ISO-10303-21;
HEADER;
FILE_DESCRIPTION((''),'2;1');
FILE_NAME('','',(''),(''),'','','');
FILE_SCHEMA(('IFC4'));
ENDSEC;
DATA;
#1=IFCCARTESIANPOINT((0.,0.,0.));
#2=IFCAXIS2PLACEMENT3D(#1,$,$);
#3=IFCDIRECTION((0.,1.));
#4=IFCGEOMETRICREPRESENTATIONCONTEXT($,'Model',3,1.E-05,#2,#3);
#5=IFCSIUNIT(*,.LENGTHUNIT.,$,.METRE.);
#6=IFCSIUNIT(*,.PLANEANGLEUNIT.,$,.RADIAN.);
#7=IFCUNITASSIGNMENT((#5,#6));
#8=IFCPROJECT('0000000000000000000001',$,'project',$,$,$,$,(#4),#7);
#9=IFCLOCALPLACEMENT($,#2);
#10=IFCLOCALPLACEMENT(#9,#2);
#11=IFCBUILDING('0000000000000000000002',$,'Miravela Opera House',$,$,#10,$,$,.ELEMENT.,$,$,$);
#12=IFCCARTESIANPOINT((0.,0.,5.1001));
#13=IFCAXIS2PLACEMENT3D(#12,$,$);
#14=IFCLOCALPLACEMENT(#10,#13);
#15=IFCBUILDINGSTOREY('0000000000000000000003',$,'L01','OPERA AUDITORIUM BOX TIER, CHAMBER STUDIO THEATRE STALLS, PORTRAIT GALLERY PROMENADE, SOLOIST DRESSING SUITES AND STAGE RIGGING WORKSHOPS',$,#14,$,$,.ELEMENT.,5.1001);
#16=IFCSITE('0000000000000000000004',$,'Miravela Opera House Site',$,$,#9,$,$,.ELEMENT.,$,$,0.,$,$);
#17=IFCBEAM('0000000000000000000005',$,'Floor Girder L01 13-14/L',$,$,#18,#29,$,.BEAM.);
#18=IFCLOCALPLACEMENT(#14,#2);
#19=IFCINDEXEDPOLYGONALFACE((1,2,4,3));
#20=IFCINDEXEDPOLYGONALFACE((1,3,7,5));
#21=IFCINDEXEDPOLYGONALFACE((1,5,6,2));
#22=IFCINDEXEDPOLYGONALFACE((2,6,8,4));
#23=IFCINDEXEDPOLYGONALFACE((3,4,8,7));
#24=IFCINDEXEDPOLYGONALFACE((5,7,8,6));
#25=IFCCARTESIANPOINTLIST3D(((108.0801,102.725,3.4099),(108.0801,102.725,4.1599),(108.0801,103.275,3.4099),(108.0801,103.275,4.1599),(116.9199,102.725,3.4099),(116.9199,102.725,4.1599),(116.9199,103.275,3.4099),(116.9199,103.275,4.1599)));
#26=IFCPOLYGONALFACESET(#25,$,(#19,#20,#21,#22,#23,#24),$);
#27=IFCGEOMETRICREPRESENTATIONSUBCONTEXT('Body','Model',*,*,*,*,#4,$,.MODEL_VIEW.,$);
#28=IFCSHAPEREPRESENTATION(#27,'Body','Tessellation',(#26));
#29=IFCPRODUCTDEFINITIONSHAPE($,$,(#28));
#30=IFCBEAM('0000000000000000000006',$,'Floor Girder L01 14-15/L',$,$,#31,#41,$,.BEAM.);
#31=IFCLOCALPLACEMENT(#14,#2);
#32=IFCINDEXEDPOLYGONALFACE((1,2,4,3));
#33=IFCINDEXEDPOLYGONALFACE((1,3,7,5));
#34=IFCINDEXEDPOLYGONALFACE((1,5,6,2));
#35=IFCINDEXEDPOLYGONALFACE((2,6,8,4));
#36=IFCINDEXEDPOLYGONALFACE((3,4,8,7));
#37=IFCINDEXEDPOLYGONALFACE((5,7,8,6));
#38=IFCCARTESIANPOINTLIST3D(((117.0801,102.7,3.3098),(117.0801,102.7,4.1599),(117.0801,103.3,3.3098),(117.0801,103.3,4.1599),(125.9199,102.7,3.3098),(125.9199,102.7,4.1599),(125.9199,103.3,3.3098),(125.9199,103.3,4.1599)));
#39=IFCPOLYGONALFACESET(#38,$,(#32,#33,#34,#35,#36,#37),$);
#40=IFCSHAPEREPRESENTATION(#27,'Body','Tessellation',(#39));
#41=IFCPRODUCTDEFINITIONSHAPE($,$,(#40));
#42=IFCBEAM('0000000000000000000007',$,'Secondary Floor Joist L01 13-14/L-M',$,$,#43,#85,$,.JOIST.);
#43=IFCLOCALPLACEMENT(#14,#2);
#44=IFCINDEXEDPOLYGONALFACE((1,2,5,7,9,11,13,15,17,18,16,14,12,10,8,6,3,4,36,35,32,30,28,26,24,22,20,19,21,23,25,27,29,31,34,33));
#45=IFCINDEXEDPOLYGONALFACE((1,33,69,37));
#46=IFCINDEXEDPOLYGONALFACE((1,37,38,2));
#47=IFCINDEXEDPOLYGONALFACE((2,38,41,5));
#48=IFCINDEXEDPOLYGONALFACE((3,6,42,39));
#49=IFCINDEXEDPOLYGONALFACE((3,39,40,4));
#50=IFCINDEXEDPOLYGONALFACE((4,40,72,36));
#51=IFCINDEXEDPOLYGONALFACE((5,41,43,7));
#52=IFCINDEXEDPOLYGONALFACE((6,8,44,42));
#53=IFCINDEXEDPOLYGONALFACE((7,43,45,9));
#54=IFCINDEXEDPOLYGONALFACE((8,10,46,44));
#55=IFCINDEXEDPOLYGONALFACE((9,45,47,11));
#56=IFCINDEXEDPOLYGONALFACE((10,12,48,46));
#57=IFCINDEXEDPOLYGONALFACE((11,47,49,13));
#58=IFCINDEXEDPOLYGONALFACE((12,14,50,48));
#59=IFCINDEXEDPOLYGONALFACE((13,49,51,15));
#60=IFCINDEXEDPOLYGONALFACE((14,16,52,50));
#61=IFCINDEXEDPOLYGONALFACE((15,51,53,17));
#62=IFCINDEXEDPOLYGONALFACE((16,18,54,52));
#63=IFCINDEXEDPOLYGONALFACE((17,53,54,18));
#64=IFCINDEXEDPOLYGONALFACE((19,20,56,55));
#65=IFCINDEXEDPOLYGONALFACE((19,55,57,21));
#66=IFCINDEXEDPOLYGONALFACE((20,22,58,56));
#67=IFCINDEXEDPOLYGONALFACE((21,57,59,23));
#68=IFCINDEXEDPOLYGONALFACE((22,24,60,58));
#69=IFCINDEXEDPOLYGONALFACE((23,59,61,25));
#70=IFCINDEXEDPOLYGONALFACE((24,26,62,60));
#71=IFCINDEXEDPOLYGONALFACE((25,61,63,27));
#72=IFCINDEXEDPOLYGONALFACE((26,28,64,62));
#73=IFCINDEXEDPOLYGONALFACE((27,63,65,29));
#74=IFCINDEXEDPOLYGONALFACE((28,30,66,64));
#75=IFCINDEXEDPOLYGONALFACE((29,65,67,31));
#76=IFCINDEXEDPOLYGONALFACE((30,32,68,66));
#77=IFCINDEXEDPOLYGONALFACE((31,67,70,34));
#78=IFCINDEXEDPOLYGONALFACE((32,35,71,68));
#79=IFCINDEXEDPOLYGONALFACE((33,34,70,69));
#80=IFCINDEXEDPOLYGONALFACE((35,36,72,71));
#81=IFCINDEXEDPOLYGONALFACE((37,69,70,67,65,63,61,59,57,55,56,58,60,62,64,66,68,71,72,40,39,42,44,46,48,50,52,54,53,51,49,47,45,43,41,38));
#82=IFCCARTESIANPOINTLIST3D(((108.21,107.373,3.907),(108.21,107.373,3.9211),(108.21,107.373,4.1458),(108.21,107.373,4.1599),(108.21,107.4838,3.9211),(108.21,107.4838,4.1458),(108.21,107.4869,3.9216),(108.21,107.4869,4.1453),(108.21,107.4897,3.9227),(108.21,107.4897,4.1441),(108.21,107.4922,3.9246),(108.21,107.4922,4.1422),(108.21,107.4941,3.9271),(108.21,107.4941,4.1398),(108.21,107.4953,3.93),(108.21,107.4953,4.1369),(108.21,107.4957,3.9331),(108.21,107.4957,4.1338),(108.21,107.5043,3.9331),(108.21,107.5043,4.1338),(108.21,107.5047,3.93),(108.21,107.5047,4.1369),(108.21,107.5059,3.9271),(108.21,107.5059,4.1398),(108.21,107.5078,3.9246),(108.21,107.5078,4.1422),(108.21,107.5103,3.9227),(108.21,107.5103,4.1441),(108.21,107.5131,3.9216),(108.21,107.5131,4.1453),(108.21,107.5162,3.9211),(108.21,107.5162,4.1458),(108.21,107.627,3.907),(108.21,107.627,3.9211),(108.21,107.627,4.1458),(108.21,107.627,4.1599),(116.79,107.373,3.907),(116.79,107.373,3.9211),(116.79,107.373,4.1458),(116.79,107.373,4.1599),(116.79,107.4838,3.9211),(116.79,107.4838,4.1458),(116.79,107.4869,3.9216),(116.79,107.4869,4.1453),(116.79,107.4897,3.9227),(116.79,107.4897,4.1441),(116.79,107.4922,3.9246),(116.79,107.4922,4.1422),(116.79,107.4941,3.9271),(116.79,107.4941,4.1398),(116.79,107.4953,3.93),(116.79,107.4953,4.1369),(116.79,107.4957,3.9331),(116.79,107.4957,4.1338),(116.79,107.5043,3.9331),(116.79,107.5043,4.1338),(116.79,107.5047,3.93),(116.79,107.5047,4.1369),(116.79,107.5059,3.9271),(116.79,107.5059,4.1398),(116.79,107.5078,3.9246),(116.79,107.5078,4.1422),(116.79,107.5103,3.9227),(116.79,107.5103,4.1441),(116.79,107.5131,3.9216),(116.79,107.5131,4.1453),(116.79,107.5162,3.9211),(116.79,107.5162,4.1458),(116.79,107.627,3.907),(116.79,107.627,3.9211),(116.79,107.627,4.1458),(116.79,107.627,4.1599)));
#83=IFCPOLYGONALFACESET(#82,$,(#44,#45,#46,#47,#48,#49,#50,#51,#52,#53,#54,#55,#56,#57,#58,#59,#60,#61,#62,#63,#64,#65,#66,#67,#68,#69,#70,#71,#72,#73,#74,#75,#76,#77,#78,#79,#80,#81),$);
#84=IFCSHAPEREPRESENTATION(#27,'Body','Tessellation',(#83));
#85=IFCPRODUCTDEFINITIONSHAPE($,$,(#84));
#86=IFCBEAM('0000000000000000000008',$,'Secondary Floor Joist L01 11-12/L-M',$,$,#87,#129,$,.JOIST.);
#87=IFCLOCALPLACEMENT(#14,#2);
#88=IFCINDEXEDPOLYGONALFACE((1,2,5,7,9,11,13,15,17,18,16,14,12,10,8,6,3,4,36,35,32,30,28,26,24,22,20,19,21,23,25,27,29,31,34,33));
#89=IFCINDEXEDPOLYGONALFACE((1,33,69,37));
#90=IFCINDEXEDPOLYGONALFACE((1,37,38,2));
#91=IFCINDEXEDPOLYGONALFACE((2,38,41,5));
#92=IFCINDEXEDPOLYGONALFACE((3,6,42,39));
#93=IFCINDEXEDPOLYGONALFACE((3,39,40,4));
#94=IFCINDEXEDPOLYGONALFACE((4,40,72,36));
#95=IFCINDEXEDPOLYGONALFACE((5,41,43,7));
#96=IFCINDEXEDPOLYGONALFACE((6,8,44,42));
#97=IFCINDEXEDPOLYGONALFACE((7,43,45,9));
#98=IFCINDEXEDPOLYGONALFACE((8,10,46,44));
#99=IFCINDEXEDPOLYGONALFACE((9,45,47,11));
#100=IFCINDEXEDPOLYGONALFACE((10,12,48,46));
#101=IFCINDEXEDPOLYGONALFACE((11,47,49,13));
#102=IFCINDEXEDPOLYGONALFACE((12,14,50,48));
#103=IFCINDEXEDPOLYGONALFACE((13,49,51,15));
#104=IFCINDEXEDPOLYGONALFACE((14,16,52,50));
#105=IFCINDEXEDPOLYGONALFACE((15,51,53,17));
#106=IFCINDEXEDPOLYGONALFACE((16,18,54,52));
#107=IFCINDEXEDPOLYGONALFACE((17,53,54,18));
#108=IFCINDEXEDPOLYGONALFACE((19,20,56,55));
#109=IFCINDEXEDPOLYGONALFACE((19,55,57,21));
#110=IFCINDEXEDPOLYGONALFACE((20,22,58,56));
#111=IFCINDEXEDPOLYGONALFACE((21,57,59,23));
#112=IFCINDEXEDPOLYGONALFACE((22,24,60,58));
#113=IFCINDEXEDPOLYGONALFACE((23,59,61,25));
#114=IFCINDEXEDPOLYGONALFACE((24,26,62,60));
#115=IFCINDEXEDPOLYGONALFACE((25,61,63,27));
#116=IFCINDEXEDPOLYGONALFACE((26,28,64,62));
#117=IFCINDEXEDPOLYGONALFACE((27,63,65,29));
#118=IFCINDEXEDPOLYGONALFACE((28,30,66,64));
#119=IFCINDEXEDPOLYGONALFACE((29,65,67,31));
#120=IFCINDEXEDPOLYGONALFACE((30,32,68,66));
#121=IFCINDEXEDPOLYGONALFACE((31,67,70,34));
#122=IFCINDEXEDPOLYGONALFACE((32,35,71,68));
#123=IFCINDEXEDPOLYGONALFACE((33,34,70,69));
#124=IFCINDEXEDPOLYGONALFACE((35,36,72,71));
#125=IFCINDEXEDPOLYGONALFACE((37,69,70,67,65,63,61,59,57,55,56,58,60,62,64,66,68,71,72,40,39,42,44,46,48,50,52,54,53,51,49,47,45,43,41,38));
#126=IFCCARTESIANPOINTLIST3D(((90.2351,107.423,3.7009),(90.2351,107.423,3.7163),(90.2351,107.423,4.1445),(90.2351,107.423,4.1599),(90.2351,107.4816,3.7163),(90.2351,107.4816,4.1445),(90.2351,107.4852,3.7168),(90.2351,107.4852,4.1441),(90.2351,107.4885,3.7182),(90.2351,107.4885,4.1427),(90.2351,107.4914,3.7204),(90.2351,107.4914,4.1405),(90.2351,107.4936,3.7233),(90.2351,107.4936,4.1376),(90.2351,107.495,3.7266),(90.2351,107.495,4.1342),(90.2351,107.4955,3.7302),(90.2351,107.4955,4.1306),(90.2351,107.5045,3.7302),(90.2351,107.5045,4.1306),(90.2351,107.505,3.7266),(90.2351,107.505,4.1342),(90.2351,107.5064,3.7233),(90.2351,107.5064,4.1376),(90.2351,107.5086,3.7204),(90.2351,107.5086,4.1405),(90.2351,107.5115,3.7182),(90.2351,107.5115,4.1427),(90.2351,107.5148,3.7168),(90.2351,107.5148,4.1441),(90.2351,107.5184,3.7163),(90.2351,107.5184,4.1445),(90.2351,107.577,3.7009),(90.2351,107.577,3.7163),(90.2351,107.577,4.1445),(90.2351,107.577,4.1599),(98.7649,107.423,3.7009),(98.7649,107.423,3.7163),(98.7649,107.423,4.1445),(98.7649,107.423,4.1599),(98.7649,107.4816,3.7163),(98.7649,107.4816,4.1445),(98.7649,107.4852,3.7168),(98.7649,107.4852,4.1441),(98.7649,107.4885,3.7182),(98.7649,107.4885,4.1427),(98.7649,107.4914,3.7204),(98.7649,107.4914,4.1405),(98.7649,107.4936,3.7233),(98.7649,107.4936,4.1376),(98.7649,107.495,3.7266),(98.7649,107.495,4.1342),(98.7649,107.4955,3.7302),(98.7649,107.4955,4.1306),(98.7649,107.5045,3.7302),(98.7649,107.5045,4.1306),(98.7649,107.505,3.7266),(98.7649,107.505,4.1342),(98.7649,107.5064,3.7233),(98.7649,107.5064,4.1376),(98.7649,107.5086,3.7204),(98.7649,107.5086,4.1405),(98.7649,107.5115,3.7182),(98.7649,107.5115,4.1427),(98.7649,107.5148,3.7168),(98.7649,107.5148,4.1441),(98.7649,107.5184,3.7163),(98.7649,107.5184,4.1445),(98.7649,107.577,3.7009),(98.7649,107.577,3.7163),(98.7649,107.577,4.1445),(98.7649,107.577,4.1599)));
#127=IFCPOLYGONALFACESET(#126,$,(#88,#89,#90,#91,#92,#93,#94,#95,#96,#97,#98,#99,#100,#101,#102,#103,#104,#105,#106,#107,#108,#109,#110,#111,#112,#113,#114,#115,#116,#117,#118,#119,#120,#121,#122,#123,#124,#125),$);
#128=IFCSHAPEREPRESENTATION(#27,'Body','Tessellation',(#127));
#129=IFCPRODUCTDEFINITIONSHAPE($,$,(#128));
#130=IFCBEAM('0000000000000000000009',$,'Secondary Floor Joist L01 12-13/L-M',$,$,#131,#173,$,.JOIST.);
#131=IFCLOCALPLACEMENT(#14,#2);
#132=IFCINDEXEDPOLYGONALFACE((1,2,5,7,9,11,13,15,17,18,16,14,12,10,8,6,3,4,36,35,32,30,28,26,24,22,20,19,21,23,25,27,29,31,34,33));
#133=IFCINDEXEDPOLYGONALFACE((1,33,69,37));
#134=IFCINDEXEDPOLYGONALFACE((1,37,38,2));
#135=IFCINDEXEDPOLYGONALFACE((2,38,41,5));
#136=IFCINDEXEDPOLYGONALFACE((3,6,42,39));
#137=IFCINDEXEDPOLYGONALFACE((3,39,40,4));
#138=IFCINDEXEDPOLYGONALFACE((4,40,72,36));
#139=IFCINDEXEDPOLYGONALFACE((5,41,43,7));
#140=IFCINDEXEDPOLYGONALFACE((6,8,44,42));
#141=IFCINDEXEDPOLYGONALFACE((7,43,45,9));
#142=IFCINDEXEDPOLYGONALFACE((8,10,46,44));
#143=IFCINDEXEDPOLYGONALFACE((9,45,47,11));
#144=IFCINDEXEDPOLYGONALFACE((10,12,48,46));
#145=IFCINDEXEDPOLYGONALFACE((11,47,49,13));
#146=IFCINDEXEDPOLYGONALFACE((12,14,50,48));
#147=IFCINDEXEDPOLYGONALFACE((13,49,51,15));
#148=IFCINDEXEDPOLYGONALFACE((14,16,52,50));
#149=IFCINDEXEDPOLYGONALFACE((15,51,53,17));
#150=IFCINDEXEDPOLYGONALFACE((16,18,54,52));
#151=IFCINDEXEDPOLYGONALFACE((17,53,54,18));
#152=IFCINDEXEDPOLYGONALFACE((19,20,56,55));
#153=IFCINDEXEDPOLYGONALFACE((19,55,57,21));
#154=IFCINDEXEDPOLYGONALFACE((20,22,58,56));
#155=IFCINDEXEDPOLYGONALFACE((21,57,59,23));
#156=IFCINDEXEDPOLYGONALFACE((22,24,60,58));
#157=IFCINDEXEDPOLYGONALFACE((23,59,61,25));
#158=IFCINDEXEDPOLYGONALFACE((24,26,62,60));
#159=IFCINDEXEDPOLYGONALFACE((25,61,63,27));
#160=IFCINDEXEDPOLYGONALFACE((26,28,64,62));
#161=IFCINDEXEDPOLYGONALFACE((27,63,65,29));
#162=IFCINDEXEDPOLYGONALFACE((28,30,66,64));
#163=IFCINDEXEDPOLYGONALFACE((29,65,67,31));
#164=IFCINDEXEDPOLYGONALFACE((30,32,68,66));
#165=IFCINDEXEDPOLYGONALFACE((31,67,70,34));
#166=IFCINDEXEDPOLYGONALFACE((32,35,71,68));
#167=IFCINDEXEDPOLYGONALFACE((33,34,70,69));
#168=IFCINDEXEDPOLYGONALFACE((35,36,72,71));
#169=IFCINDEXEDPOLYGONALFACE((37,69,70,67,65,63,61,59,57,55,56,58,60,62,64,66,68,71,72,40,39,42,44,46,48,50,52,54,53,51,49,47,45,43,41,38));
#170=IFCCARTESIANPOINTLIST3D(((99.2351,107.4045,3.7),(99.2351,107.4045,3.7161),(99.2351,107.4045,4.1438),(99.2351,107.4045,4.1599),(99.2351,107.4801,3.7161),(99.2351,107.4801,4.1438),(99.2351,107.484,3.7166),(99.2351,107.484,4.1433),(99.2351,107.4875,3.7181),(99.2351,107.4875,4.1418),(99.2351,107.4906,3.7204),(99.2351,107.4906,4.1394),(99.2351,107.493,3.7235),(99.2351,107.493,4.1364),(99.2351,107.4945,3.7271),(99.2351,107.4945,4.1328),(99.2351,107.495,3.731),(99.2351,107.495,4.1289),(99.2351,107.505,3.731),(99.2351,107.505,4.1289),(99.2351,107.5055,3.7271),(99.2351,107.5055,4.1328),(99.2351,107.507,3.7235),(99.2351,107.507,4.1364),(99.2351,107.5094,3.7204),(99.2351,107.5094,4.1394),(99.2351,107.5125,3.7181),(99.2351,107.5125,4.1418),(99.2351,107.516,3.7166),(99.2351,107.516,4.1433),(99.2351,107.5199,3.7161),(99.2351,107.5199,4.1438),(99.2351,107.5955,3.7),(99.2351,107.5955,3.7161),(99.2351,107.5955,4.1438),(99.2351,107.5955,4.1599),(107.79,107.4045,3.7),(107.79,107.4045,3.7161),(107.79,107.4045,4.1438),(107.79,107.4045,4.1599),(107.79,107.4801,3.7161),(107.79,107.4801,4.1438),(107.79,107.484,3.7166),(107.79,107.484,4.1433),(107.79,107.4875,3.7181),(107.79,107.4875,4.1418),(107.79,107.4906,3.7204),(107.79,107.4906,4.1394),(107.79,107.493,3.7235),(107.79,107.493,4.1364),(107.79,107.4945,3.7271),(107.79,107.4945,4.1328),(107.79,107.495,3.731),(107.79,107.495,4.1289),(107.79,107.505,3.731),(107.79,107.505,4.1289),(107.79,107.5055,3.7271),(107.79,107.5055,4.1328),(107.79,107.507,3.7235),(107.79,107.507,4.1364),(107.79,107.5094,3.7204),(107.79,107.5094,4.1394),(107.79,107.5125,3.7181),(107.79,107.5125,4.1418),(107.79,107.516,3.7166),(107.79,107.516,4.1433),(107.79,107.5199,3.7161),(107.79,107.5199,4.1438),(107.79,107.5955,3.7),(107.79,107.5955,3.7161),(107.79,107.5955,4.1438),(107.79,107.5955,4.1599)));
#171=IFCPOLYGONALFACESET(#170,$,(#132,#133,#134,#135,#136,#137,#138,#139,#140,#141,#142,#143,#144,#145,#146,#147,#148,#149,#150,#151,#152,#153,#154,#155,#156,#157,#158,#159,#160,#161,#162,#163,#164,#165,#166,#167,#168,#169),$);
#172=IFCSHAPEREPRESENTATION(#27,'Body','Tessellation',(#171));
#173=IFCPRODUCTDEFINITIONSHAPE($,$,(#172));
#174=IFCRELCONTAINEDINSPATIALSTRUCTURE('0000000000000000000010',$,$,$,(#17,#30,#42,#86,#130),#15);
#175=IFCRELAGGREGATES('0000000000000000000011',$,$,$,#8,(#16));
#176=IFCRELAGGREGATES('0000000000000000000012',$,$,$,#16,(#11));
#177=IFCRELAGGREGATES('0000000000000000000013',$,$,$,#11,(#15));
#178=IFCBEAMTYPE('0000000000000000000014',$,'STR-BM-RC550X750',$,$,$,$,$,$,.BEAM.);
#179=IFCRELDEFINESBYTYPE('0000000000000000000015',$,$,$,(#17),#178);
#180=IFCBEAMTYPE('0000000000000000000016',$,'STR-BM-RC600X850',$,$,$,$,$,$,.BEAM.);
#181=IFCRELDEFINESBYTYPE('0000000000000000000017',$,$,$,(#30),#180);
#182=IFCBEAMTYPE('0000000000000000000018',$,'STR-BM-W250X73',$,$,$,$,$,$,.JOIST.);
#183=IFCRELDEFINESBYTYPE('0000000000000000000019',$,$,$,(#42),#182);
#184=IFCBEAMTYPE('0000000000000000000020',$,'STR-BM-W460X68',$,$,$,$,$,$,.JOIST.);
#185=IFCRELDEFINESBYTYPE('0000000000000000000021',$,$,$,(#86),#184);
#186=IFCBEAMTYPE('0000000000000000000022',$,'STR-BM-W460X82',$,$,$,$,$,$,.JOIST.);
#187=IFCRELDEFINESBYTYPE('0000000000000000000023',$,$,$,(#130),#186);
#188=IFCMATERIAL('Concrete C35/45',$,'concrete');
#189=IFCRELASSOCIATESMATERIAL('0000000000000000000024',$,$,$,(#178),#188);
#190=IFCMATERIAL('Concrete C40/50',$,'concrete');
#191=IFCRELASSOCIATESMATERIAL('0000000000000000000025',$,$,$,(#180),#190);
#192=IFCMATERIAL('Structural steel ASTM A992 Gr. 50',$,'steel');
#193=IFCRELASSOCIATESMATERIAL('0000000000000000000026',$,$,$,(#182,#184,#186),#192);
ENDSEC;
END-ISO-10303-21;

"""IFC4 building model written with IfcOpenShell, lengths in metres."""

from ifc_helpers import new_model, si_unit, direction, frame, origin, origin_2d, place, context, subcontext, project, spatial, rectangle, i_section, extrude, material, material_profile, profile_set, type_object, element, save


model = new_model("IFC4")

# Units and contexts
model_context = context("Model", 3, precision=1e-05, world=origin(), true_north=direction((0.0, 1.0)))
body_context = subcontext(model_context, "Body", "Model", "MODEL_VIEW")
ifc_project = project(units=[si_unit("LENGTHUNIT", "METRE"), si_unit("PLANEANGLEUNIT", "RADIAN")], contexts=[model_context])

# Site, building, storey
site_placement = place(None, origin())
site = spatial("IfcSite", under=ifc_project, at=site_placement, Name="Miravela Opera House Site", CompositionType="ELEMENT", RefElevation=0.0)
building_placement = place(site_placement, origin())
building = spatial("IfcBuilding", under=site, at=building_placement, Name="Miravela Opera House", CompositionType="ELEMENT")
storey_placement = place(building_placement, frame((0.0, 0.0, 5.1001)))
storey = spatial("IfcBuildingStorey", under=building, at=storey_placement, Name="L01", Description="OPERA AUDITORIUM BOX TIER, CHAMBER STUDIO THEATRE STALLS, PORTRAIT GALLERY PROMENADE, SOLOIST DRESSING SUITES AND STAGE RIGGING WORKSHOPS", CompositionType="ELEMENT", Elevation=5.1001)

# Shared definitions
ifc_material_1 = material(Name="Concrete C35/45", Category="concrete")

# Beams
ifc_material_profile_1 = material_profile(ifc_material_1, rectangle(XDim=0.55, YDim=0.75, at=origin_2d()), Name="RC-BM-550X750")
ifc_profile_set_1 = profile_set([ifc_material_profile_1])
beam_type_1 = type_object("IfcBeamType", Name="STR-BM-RC550X750", PredefinedType="BEAM", material=ifc_profile_set_1)
beam_1_placement = place(storey_placement, frame((108.0801, 103.0, 3.7849), z_axis=(1.0, 0.0, 0.0), x_axis=(0.0, 1.0, 0.0)))
element("IfcBeam", 1, at=beam_1_placement, inside=storey, type_object=beam_type_1, Name="Floor Girder L01 13-14/L", PredefinedType="BEAM", context=body_context, shape_type="SweptSolid", body=[
    extrude(rectangle(XDim=0.55, YDim=0.75, at=origin_2d()), origin(), (0.0, 0.0, 1.0), 8.8398),
])
ifc_material_2 = material(Name="Concrete C40/50", Category="concrete")
ifc_material_profile_2 = material_profile(ifc_material_2, rectangle(XDim=0.6001, YDim=0.8501, at=origin_2d()), Name="RC-BM-600X850")
ifc_profile_set_2 = profile_set([ifc_material_profile_2])
beam_type_2 = type_object("IfcBeamType", Name="STR-BM-RC600X850", PredefinedType="BEAM", material=ifc_profile_set_2)
beam_2_placement = place(storey_placement, frame((117.0801, 103.0, 3.7349), z_axis=(1.0, 0.0, 0.0), x_axis=(0.0, 1.0, 0.0)))
element("IfcBeam", 2, at=beam_2_placement, inside=storey, type_object=beam_type_2, Name="Floor Girder L01 14-15/L", PredefinedType="BEAM", context=body_context, shape_type="SweptSolid", body=[
    extrude(rectangle(XDim=0.6001, YDim=0.8501, at=origin_2d()), origin(), (0.0, 0.0, 1.0), 8.8398),
])
ifc_material_3 = material(Name="Structural steel ASTM A992 Gr. 50", Category="steel")
ifc_material_profile_3 = material_profile(ifc_material_3, i_section(OverallWidth=0.2539, OverallDepth=0.2529, WebThickness=0.0085, FlangeThickness=0.0142, FilletRadius=0.012, at=origin_2d()), Name="W250X73")
ifc_profile_set_3 = profile_set([ifc_material_profile_3])
beam_type_3 = type_object("IfcBeamType", Name="STR-BM-W250X73", PredefinedType="JOIST", material=ifc_profile_set_3)
beam_3_placement = place(storey_placement, frame((108.21, 107.5, 4.0334), z_axis=(1.0, 0.0, 0.0), x_axis=(0.0, 1.0, 0.0)))
element("IfcBeam", 3, at=beam_3_placement, inside=storey, type_object=beam_type_3, Name="Secondary Floor Joist L01 13-14/L-M", PredefinedType="JOIST", context=body_context, shape_type="SweptSolid", body=[
    extrude(i_section(OverallWidth=0.2539, OverallDepth=0.2529, WebThickness=0.0085, FlangeThickness=0.0142, FilletRadius=0.012, at=origin_2d()), origin(), (0.0, 0.0, 1.0), 8.5801),
])
ifc_material_profile_4 = material_profile(ifc_material_3, i_section(OverallWidth=0.1541, OverallDepth=0.459, WebThickness=0.009, FlangeThickness=0.0154, FilletRadius=0.0139, at=origin_2d()), Name="W460X68")
ifc_profile_set_4 = profile_set([ifc_material_profile_4])
beam_type_4 = type_object("IfcBeamType", Name="STR-BM-W460X68", PredefinedType="JOIST", material=ifc_profile_set_4)
beam_4_placement = place(storey_placement, frame((90.2351, 107.5, 3.9304), z_axis=(1.0, 0.0, 0.0), x_axis=(0.0, 1.0, 0.0)))
element("IfcBeam", 4, at=beam_4_placement, inside=storey, type_object=beam_type_4, Name="Secondary Floor Joist L01 11-12/L-M", PredefinedType="JOIST", context=body_context, shape_type="SweptSolid", body=[
    extrude(i_section(OverallWidth=0.1541, OverallDepth=0.459, WebThickness=0.009, FlangeThickness=0.0154, FilletRadius=0.0139, at=origin_2d()), origin(), (0.0, 0.0, 1.0), 8.5298),
])
ifc_material_profile_5 = material_profile(ifc_material_3, i_section(OverallWidth=0.1909, OverallDepth=0.46, WebThickness=0.01, FlangeThickness=0.0161, FilletRadius=0.0149, at=origin_2d()), Name="W460X82")
ifc_profile_set_5 = profile_set([ifc_material_profile_5])
beam_type_5 = type_object("IfcBeamType", Name="STR-BM-W460X82", PredefinedType="JOIST", material=ifc_profile_set_5)
beam_5_placement = place(storey_placement, frame((99.2351, 107.5, 3.9299), z_axis=(1.0, 0.0, 0.0), x_axis=(0.0, 1.0, 0.0)))
element("IfcBeam", 5, at=beam_5_placement, inside=storey, type_object=beam_type_5, Name="Secondary Floor Joist L01 12-13/L-M", PredefinedType="JOIST", context=body_context, shape_type="SweptSolid", body=[
    extrude(i_section(OverallWidth=0.1909, OverallDepth=0.46, WebThickness=0.01, FlangeThickness=0.0161, FilletRadius=0.0149, at=origin_2d()), origin(), (0.0, 0.0, 1.0), 8.5549),
])

save(model, "model.ifc")
